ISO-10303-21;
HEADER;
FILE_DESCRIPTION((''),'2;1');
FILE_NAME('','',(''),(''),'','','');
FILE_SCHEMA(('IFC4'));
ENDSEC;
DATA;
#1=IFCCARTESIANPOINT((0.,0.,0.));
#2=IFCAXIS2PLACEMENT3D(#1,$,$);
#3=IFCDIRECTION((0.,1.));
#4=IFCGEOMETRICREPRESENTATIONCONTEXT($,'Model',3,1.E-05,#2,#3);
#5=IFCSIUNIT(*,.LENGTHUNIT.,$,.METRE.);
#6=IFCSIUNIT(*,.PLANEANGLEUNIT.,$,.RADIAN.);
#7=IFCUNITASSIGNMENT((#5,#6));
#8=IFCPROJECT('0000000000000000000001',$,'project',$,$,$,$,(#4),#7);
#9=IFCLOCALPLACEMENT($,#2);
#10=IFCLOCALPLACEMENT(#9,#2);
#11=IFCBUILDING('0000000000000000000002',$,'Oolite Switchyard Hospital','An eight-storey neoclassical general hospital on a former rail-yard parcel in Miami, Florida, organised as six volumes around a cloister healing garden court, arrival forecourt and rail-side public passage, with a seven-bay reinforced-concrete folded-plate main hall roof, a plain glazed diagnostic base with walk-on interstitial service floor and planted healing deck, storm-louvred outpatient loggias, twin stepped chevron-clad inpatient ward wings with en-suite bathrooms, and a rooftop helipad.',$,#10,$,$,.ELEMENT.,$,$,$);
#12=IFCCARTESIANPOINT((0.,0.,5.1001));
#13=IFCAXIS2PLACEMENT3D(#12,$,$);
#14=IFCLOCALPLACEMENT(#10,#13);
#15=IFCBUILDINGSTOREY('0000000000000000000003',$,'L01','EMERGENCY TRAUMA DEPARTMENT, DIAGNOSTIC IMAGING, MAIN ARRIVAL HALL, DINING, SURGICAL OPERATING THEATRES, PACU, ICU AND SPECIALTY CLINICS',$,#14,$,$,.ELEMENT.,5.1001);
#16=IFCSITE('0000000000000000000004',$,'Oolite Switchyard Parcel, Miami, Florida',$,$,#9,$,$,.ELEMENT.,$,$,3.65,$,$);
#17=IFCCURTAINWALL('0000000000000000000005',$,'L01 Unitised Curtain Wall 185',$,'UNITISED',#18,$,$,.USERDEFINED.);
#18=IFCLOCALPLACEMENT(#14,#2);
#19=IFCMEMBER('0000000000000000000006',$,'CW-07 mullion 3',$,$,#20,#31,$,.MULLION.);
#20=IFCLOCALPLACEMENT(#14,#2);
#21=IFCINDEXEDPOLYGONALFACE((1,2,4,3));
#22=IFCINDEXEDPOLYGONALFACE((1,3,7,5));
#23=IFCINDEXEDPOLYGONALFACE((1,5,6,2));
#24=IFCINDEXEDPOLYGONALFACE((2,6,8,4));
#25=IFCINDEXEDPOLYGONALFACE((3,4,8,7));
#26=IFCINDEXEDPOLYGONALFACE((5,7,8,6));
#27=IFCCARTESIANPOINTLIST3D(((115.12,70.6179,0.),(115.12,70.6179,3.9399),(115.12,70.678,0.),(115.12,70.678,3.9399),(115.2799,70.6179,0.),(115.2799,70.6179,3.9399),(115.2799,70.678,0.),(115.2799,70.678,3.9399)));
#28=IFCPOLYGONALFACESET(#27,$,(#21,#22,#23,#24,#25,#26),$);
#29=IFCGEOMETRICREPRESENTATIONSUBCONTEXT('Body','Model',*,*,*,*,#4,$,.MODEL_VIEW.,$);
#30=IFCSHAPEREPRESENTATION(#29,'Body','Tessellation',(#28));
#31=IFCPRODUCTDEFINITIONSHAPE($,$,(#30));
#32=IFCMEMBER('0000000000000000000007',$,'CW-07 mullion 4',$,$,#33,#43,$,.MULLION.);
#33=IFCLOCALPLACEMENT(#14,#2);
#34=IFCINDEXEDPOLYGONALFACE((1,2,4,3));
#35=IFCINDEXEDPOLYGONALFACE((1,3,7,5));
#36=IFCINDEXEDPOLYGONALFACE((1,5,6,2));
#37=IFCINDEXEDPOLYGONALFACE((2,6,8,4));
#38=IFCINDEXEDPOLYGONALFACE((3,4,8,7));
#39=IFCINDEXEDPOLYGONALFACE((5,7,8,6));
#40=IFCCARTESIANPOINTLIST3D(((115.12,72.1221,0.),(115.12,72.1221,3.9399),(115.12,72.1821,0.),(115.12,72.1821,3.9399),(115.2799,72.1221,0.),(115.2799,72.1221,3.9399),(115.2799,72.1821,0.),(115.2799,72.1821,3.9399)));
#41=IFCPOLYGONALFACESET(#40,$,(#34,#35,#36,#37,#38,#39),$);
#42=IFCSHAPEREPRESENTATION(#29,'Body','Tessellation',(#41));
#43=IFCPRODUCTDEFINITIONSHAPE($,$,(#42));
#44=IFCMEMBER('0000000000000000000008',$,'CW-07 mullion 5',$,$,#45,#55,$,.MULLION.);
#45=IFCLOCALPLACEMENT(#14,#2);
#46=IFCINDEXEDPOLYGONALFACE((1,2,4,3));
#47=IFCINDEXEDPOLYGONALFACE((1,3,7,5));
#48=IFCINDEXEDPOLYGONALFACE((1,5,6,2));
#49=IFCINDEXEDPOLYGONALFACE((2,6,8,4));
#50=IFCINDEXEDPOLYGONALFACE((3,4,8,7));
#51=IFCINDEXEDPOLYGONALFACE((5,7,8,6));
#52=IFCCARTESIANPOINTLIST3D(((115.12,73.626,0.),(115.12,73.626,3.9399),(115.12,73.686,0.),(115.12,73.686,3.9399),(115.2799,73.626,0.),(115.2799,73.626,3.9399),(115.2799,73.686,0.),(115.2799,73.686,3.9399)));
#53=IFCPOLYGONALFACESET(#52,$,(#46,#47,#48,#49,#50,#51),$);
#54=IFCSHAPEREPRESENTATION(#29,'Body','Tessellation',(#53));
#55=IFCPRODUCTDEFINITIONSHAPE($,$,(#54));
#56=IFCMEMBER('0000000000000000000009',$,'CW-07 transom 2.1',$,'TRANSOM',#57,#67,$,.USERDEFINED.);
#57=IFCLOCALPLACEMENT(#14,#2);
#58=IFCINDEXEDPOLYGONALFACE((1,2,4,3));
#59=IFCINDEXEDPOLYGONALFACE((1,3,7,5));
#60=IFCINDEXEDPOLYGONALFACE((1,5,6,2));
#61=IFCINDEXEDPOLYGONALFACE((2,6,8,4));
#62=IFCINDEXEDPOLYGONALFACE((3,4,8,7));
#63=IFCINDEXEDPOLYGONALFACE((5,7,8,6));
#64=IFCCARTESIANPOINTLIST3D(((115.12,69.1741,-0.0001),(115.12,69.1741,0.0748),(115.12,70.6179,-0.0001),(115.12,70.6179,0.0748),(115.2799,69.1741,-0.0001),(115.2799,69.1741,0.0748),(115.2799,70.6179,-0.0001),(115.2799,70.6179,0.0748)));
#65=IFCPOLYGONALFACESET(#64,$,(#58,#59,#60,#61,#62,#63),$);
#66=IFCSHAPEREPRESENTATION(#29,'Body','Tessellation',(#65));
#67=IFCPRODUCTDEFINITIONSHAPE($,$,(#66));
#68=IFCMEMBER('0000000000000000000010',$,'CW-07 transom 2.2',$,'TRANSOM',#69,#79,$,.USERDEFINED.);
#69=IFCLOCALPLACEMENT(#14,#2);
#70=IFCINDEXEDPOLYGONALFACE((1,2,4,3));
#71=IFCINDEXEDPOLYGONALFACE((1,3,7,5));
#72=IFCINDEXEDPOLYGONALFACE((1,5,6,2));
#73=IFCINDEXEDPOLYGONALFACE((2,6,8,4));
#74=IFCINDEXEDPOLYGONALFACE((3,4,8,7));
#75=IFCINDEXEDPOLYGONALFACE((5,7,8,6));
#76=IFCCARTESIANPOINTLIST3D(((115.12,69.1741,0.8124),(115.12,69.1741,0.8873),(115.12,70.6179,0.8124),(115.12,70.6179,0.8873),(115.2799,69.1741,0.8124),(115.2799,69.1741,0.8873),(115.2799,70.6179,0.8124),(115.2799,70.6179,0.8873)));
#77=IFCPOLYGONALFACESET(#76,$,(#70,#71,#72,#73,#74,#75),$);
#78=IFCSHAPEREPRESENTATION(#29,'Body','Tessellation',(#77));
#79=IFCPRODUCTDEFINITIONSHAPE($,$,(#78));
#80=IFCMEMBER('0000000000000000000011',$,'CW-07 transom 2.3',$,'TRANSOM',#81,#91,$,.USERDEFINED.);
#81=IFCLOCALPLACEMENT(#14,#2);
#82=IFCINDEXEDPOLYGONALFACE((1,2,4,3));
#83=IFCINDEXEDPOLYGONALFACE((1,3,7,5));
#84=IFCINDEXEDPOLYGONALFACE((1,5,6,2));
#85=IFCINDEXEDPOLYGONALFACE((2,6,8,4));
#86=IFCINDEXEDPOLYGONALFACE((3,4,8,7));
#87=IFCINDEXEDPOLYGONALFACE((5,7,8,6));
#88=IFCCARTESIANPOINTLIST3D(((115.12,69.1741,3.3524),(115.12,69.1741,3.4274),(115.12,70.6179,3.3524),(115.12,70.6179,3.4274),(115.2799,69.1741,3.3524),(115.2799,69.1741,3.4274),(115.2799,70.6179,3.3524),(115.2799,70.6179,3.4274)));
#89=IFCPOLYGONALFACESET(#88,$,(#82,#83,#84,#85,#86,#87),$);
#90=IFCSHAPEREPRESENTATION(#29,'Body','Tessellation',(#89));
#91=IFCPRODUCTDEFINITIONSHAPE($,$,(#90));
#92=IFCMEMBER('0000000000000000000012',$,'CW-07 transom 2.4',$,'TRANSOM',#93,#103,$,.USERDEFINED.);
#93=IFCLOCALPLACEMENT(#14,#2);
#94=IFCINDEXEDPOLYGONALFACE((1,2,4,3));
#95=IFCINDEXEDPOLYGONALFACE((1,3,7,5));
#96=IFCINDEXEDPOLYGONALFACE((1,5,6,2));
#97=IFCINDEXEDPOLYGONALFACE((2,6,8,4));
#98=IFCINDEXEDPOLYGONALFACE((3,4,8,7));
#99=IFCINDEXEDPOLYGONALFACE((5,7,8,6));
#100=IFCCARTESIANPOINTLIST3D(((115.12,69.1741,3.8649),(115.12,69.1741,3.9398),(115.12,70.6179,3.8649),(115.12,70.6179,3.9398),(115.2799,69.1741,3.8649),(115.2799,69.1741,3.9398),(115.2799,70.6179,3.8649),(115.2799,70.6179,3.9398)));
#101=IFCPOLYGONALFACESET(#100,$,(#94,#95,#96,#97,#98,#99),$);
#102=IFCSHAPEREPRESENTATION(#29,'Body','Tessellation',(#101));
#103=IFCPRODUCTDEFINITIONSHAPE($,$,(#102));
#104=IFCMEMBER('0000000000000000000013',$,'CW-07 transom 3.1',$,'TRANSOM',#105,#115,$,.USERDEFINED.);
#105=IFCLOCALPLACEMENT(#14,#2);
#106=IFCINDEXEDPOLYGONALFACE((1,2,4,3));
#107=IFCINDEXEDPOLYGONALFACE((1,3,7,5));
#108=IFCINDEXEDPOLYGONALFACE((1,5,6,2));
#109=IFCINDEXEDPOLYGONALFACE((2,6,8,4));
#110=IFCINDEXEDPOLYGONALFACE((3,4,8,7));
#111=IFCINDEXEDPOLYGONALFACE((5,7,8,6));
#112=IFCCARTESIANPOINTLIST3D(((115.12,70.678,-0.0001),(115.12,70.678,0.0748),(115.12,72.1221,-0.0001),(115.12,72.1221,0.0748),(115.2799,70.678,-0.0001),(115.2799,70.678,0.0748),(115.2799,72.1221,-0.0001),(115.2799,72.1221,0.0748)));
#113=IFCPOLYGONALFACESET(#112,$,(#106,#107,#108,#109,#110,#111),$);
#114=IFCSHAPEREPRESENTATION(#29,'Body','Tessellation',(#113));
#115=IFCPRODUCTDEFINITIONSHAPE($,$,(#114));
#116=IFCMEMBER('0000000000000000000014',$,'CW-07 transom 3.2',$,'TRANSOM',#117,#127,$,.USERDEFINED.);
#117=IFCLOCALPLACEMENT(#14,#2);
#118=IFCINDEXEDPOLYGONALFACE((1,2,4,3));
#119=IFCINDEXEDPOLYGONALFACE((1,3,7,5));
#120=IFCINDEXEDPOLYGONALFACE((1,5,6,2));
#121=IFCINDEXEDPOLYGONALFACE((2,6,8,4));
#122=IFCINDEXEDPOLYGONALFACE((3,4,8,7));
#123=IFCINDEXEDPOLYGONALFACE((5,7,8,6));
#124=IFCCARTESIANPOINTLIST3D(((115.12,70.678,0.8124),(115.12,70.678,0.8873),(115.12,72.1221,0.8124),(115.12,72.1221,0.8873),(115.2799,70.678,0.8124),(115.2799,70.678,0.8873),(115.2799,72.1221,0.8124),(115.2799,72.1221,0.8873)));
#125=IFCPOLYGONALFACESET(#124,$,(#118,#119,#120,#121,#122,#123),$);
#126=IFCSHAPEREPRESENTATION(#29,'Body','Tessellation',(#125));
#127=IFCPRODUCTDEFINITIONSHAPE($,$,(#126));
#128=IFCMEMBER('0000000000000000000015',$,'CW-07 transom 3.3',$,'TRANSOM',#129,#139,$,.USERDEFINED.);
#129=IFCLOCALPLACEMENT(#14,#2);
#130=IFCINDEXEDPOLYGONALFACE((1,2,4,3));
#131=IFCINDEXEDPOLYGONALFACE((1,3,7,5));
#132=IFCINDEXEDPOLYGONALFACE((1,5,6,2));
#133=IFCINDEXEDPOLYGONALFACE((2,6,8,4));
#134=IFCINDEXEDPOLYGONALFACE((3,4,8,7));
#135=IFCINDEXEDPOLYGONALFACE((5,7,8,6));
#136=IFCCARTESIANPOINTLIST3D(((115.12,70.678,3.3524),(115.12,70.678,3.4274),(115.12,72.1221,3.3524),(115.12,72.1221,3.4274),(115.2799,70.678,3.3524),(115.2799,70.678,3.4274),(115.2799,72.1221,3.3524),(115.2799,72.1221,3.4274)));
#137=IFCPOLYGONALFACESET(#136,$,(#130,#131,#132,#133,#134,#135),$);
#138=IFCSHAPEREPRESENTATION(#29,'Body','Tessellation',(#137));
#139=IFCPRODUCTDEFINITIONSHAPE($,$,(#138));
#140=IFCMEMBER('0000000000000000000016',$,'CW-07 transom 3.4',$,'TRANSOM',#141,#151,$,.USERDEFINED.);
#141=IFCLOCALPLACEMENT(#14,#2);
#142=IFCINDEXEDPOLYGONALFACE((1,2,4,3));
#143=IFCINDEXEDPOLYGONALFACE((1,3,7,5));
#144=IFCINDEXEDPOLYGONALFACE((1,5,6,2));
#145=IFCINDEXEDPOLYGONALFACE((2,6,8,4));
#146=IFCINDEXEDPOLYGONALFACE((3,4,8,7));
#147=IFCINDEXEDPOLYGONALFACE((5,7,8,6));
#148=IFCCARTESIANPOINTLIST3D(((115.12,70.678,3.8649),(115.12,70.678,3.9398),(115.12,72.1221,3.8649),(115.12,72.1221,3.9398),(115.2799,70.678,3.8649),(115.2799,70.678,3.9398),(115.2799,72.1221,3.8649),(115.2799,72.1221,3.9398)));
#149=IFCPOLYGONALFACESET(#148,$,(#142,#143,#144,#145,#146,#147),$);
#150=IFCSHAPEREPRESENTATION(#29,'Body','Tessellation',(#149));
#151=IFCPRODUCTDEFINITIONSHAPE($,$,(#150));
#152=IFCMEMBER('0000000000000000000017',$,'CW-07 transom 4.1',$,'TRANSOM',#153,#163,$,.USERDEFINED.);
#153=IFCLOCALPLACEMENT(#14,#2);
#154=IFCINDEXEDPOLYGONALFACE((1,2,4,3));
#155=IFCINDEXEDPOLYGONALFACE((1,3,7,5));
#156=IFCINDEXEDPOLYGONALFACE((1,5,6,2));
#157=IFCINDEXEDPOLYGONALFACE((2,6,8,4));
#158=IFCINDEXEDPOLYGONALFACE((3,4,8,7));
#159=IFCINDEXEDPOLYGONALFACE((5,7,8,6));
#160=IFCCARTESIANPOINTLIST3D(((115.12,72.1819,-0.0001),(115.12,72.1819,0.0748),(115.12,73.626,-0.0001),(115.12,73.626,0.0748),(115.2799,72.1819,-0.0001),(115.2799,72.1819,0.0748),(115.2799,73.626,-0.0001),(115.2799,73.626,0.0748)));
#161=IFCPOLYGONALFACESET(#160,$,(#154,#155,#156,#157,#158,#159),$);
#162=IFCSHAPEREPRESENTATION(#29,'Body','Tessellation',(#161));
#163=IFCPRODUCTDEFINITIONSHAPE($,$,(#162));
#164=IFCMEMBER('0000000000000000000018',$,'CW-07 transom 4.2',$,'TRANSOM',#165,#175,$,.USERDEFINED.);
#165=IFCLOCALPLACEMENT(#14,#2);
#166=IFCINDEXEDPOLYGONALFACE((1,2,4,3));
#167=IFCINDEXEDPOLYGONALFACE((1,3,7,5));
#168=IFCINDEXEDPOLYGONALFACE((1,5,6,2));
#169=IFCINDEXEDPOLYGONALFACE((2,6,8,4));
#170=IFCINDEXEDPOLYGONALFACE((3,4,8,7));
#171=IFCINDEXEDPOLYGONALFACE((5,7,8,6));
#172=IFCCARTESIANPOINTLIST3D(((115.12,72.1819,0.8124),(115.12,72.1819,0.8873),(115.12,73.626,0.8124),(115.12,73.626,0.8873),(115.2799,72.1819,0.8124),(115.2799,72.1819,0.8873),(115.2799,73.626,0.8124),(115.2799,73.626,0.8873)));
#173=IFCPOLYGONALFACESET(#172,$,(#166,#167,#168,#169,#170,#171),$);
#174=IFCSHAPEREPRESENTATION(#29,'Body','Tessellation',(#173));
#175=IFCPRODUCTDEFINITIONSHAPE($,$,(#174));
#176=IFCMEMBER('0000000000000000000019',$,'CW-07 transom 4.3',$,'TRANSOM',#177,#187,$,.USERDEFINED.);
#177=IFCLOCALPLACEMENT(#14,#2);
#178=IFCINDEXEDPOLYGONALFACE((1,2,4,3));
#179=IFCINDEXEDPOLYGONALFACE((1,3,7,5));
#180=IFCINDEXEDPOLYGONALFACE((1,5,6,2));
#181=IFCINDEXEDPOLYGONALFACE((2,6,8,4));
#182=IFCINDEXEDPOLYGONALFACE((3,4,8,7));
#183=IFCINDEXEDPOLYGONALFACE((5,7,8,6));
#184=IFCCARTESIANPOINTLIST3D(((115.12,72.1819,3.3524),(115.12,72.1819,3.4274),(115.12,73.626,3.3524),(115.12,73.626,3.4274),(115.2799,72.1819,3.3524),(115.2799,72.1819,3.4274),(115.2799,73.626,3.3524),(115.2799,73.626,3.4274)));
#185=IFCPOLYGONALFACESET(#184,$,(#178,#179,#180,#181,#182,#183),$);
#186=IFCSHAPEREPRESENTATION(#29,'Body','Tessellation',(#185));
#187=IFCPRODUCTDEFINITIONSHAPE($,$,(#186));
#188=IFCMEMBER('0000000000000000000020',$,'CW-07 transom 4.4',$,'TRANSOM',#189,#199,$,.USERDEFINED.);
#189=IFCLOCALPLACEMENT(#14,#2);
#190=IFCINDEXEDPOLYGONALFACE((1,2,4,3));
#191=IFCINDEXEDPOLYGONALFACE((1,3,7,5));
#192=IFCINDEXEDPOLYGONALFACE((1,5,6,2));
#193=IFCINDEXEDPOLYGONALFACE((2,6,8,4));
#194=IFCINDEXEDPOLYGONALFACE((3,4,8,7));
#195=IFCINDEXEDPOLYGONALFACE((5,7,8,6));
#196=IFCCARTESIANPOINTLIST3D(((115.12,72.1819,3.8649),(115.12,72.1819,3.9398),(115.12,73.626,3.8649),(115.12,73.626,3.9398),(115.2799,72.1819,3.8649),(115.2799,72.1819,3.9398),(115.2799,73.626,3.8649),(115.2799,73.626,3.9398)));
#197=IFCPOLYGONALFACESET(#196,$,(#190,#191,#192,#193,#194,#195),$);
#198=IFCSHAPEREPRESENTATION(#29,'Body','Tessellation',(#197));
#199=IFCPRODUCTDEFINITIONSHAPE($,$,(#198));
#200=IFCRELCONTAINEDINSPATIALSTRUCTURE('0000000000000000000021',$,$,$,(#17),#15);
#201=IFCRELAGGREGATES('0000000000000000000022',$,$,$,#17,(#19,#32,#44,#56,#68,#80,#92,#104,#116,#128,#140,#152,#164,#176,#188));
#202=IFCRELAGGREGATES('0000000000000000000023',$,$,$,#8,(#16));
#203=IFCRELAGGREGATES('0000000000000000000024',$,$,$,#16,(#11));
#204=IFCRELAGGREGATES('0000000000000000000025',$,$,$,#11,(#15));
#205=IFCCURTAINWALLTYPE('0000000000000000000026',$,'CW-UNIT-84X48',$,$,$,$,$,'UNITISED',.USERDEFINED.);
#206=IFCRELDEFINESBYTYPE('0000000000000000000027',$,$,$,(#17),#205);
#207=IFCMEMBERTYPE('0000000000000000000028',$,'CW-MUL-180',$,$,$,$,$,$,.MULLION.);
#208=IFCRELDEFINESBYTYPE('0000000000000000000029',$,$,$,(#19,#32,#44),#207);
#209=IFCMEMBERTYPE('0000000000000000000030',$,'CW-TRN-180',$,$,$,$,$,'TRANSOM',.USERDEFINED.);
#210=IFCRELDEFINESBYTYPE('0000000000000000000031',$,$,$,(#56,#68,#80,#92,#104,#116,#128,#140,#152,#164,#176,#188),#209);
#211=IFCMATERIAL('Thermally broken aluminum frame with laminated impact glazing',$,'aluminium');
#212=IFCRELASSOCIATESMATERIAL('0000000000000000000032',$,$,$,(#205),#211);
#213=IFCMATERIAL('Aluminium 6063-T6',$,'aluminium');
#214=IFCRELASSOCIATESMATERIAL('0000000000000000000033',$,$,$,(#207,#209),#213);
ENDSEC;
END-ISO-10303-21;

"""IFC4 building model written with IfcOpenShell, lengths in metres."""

from ifc_helpers import new_model, si_unit, direction, frame, origin, origin_2d, place, context, subcontext, project, spatial, rectangle, extrude, material, material_profile, profile_set, type_object, element, aggregate, save


model = new_model("IFC4")

# Units and contexts
model_context = context("Model", 3, precision=1e-05, world=origin(), true_north=direction((0.0, 1.0)))
body_context = subcontext(model_context, "Body", "Model", "MODEL_VIEW")
ifc_project = project(units=[si_unit("LENGTHUNIT", "METRE"), si_unit("PLANEANGLEUNIT", "RADIAN")], contexts=[model_context])

# Site, building, storey
site_placement = place(None, origin())
site = spatial("IfcSite", under=ifc_project, at=site_placement, Name="Oolite Switchyard Parcel, Miami, Florida", CompositionType="ELEMENT", RefElevation=3.65)
building_placement = place(site_placement, origin())
building = spatial("IfcBuilding", under=site, at=building_placement, Name="Oolite Switchyard Hospital", Description="An eight-storey neoclassical general hospital on a former rail-yard parcel in Miami, Florida, organised as six volumes around a cloister healing garden court, arrival forecourt and rail-side public passage, with a seven-bay reinforced-concrete folded-plate main hall roof, a plain glazed diagnostic base with walk-on interstitial service floor and planted healing deck, storm-louvred outpatient loggias, twin stepped chevron-clad inpatient ward wings with en-suite bathrooms, and a rooftop helipad.", CompositionType="ELEMENT")
storey_placement = place(building_placement, frame((0.0, 0.0, 5.1001)))
storey = spatial("IfcBuildingStorey", under=building, at=storey_placement, Name="L01", Description="EMERGENCY TRAUMA DEPARTMENT, DIAGNOSTIC IMAGING, MAIN ARRIVAL HALL, DINING, SURGICAL OPERATING THEATRES, PACU, ICU AND SPECIALTY CLINICS", CompositionType="ELEMENT", Elevation=5.1001)

# Curtain wall, members
ifc_material_1 = material(Name="Thermally broken aluminum frame with laminated impact glazing", Category="aluminium")
curtain_wall_type = type_object("IfcCurtainWallType", Name="CW-UNIT-84X48", ElementType="UNITISED", PredefinedType="USERDEFINED", material=ifc_material_1)
curtain_wall_placement = place(storey_placement, origin())
curtain_wall = element("IfcCurtainWall", 1, at=curtain_wall_placement, inside=storey, type_object=curtain_wall_type, Name="L01 Unitised Curtain Wall 185", ObjectType="UNITISED", PredefinedType="USERDEFINED")
ifc_material_2 = material(Name="Aluminium 6063-T6", Category="aluminium")
ifc_material_profile_1 = material_profile(ifc_material_2, rectangle(XDim=0.1599, YDim=0.0601, at=origin_2d()), Name="CWM60X160")
ifc_profile_set_1 = profile_set([ifc_material_profile_1], Name="Aluminium 6063-T6")
member_type_1 = type_object("IfcMemberType", Name="CW-MUL-180", PredefinedType="MULLION", material=ifc_profile_set_1)
member_1_placement = place(storey_placement, frame((115.2, 70.6479, 0.0), z_axis=(0.0, 0.0, 1.0), x_axis=(-1.0, 0.0, 0.0)))
member_1 = element("IfcMember", 2, at=member_1_placement, type_object=member_type_1, Name="CW-07 mullion 3", PredefinedType="MULLION", context=body_context, shape_type="SweptSolid", body=[
    extrude(rectangle(XDim=0.1599, YDim=0.0601, at=origin_2d()), origin(), (0.0, 0.0, 1.0), 3.9399),
])
member_2_placement = place(storey_placement, frame((115.2, 72.1521, 0.0), z_axis=(0.0, 0.0, 1.0), x_axis=(-1.0, 0.0, 0.0)))
member_2 = element("IfcMember", 3, at=member_2_placement, type_object=member_type_1, Name="CW-07 mullion 4", PredefinedType="MULLION", context=body_context, shape_type="SweptSolid", body=[
    extrude(rectangle(XDim=0.1599, YDim=0.0601, at=origin_2d()), origin(), (0.0, 0.0, 1.0), 3.9399),
])
member_3_placement = place(storey_placement, frame((115.2, 73.656, 0.0), z_axis=(0.0, 0.0, 1.0), x_axis=(-1.0, 0.0, 0.0)))
member_3 = element("IfcMember", 4, at=member_3_placement, type_object=member_type_1, Name="CW-07 mullion 5", PredefinedType="MULLION", context=body_context, shape_type="SweptSolid", body=[
    extrude(rectangle(XDim=0.1599, YDim=0.0601, at=origin_2d()), origin(), (0.0, 0.0, 1.0), 3.9399),
])
ifc_material_profile_2 = material_profile(ifc_material_2, rectangle(XDim=0.1599, YDim=0.075, at=origin_2d()), Name="CWT75X160")
ifc_profile_set_2 = profile_set([ifc_material_profile_2], Name="Aluminium 6063-T6")
member_type_2 = type_object("IfcMemberType", Name="CW-TRN-180", ElementType="TRANSOM", PredefinedType="USERDEFINED", material=ifc_profile_set_2)
member_4_placement = place(storey_placement, frame((115.2, 69.1741, 0.0374), z_axis=(0.0, 1.0, 0.0), x_axis=(-1.0, 0.0, 0.0)))
member_4 = element("IfcMember", 5, at=member_4_placement, type_object=member_type_2, Name="CW-07 transom 2.1", ObjectType="TRANSOM", PredefinedType="USERDEFINED", context=body_context, shape_type="SweptSolid", body=[
    extrude(rectangle(XDim=0.1599, YDim=0.075, at=origin_2d()), origin(), (0.0, 0.0, 1.0), 1.4438),
])
member_5_placement = place(storey_placement, frame((115.2, 69.1741, 0.8499), z_axis=(0.0, 1.0, 0.0), x_axis=(-1.0, 0.0, 0.0)))
member_5 = element("IfcMember", 6, at=member_5_placement, type_object=member_type_2, Name="CW-07 transom 2.2", ObjectType="TRANSOM", PredefinedType="USERDEFINED", context=body_context, shape_type="SweptSolid", body=[
    extrude(rectangle(XDim=0.1599, YDim=0.075, at=origin_2d()), origin(), (0.0, 0.0, 1.0), 1.4438),
])
member_6_placement = place(storey_placement, frame((115.2, 69.1741, 3.3899), z_axis=(0.0, 1.0, 0.0), x_axis=(-1.0, 0.0, 0.0)))
member_6 = element("IfcMember", 7, at=member_6_placement, type_object=member_type_2, Name="CW-07 transom 2.3", ObjectType="TRANSOM", PredefinedType="USERDEFINED", context=body_context, shape_type="SweptSolid", body=[
    extrude(rectangle(XDim=0.1599, YDim=0.075, at=origin_2d()), origin(), (0.0, 0.0, 1.0), 1.4438),
])
member_7_placement = place(storey_placement, frame((115.2, 69.1741, 3.9023), z_axis=(0.0, 1.0, 0.0), x_axis=(-1.0, 0.0, 0.0)))
member_7 = element("IfcMember", 8, at=member_7_placement, type_object=member_type_2, Name="CW-07 transom 2.4", ObjectType="TRANSOM", PredefinedType="USERDEFINED", context=body_context, shape_type="SweptSolid", body=[
    extrude(rectangle(XDim=0.1599, YDim=0.075, at=origin_2d()), origin(), (0.0, 0.0, 1.0), 1.4438),
])
member_8_placement = place(storey_placement, frame((115.2, 70.678, 0.0374), z_axis=(0.0, 1.0, 0.0), x_axis=(-1.0, 0.0, 0.0)))
member_8 = element("IfcMember", 9, at=member_8_placement, type_object=member_type_2, Name="CW-07 transom 3.1", ObjectType="TRANSOM", PredefinedType="USERDEFINED", context=body_context, shape_type="SweptSolid", body=[
    extrude(rectangle(XDim=0.1599, YDim=0.075, at=origin_2d()), origin(), (0.0, 0.0, 1.0), 1.4441),
])
member_9_placement = place(storey_placement, frame((115.2, 70.678, 0.8499), z_axis=(0.0, 1.0, 0.0), x_axis=(-1.0, 0.0, 0.0)))
member_9 = element("IfcMember", 10, at=member_9_placement, type_object=member_type_2, Name="CW-07 transom 3.2", ObjectType="TRANSOM", PredefinedType="USERDEFINED", context=body_context, shape_type="SweptSolid", body=[
    extrude(rectangle(XDim=0.1599, YDim=0.075, at=origin_2d()), origin(), (0.0, 0.0, 1.0), 1.4441),
])
member_10_placement = place(storey_placement, frame((115.2, 70.678, 3.3899), z_axis=(0.0, 1.0, 0.0), x_axis=(-1.0, 0.0, 0.0)))
member_10 = element("IfcMember", 11, at=member_10_placement, type_object=member_type_2, Name="CW-07 transom 3.3", ObjectType="TRANSOM", PredefinedType="USERDEFINED", context=body_context, shape_type="SweptSolid", body=[
    extrude(rectangle(XDim=0.1599, YDim=0.075, at=origin_2d()), origin(), (0.0, 0.0, 1.0), 1.4441),
])
member_11_placement = place(storey_placement, frame((115.2, 70.678, 3.9023), z_axis=(0.0, 1.0, 0.0), x_axis=(-1.0, 0.0, 0.0)))
member_11 = element("IfcMember", 12, at=member_11_placement, type_object=member_type_2, Name="CW-07 transom 3.4", ObjectType="TRANSOM", PredefinedType="USERDEFINED", context=body_context, shape_type="SweptSolid", body=[
    extrude(rectangle(XDim=0.1599, YDim=0.075, at=origin_2d()), origin(), (0.0, 0.0, 1.0), 1.4441),
])
member_12_placement = place(storey_placement, frame((115.2, 72.1819, 0.0374), z_axis=(0.0, 1.0, 0.0), x_axis=(-1.0, 0.0, 0.0)))
member_12 = element("IfcMember", 13, at=member_12_placement, type_object=member_type_2, Name="CW-07 transom 4.1", ObjectType="TRANSOM", PredefinedType="USERDEFINED", context=body_context, shape_type="SweptSolid", body=[
    extrude(rectangle(XDim=0.1599, YDim=0.075, at=origin_2d()), origin(), (0.0, 0.0, 1.0), 1.4441),
])
member_13_placement = place(storey_placement, frame((115.2, 72.1819, 0.8499), z_axis=(0.0, 1.0, 0.0), x_axis=(-1.0, 0.0, 0.0)))
member_13 = element("IfcMember", 14, at=member_13_placement, type_object=member_type_2, Name="CW-07 transom 4.2", ObjectType="TRANSOM", PredefinedType="USERDEFINED", context=body_context, shape_type="SweptSolid", body=[
    extrude(rectangle(XDim=0.1599, YDim=0.075, at=origin_2d()), origin(), (0.0, 0.0, 1.0), 1.4441),
])
member_14_placement = place(storey_placement, frame((115.2, 72.1819, 3.3899), z_axis=(0.0, 1.0, 0.0), x_axis=(-1.0, 0.0, 0.0)))
member_14 = element("IfcMember", 15, at=member_14_placement, type_object=member_type_2, Name="CW-07 transom 4.3", ObjectType="TRANSOM", PredefinedType="USERDEFINED", context=body_context, shape_type="SweptSolid", body=[
    extrude(rectangle(XDim=0.1599, YDim=0.075, at=origin_2d()), origin(), (0.0, 0.0, 1.0), 1.4441),
])
member_15_placement = place(storey_placement, frame((115.2, 72.1819, 3.9023), z_axis=(0.0, 1.0, 0.0), x_axis=(-1.0, 0.0, 0.0)))
member_15 = element("IfcMember", 16, at=member_15_placement, type_object=member_type_2, Name="CW-07 transom 4.4", ObjectType="TRANSOM", PredefinedType="USERDEFINED", context=body_context, shape_type="SweptSolid", body=[
    extrude(rectangle(XDim=0.1599, YDim=0.075, at=origin_2d()), origin(), (0.0, 0.0, 1.0), 1.4441),
])
aggregate(curtain_wall, [member_1, member_2, member_3, member_4, member_5, member_6, member_7, member_8, member_9, member_10, member_11, member_12, member_13, member_14, member_15])

save(model, "model.ifc")
